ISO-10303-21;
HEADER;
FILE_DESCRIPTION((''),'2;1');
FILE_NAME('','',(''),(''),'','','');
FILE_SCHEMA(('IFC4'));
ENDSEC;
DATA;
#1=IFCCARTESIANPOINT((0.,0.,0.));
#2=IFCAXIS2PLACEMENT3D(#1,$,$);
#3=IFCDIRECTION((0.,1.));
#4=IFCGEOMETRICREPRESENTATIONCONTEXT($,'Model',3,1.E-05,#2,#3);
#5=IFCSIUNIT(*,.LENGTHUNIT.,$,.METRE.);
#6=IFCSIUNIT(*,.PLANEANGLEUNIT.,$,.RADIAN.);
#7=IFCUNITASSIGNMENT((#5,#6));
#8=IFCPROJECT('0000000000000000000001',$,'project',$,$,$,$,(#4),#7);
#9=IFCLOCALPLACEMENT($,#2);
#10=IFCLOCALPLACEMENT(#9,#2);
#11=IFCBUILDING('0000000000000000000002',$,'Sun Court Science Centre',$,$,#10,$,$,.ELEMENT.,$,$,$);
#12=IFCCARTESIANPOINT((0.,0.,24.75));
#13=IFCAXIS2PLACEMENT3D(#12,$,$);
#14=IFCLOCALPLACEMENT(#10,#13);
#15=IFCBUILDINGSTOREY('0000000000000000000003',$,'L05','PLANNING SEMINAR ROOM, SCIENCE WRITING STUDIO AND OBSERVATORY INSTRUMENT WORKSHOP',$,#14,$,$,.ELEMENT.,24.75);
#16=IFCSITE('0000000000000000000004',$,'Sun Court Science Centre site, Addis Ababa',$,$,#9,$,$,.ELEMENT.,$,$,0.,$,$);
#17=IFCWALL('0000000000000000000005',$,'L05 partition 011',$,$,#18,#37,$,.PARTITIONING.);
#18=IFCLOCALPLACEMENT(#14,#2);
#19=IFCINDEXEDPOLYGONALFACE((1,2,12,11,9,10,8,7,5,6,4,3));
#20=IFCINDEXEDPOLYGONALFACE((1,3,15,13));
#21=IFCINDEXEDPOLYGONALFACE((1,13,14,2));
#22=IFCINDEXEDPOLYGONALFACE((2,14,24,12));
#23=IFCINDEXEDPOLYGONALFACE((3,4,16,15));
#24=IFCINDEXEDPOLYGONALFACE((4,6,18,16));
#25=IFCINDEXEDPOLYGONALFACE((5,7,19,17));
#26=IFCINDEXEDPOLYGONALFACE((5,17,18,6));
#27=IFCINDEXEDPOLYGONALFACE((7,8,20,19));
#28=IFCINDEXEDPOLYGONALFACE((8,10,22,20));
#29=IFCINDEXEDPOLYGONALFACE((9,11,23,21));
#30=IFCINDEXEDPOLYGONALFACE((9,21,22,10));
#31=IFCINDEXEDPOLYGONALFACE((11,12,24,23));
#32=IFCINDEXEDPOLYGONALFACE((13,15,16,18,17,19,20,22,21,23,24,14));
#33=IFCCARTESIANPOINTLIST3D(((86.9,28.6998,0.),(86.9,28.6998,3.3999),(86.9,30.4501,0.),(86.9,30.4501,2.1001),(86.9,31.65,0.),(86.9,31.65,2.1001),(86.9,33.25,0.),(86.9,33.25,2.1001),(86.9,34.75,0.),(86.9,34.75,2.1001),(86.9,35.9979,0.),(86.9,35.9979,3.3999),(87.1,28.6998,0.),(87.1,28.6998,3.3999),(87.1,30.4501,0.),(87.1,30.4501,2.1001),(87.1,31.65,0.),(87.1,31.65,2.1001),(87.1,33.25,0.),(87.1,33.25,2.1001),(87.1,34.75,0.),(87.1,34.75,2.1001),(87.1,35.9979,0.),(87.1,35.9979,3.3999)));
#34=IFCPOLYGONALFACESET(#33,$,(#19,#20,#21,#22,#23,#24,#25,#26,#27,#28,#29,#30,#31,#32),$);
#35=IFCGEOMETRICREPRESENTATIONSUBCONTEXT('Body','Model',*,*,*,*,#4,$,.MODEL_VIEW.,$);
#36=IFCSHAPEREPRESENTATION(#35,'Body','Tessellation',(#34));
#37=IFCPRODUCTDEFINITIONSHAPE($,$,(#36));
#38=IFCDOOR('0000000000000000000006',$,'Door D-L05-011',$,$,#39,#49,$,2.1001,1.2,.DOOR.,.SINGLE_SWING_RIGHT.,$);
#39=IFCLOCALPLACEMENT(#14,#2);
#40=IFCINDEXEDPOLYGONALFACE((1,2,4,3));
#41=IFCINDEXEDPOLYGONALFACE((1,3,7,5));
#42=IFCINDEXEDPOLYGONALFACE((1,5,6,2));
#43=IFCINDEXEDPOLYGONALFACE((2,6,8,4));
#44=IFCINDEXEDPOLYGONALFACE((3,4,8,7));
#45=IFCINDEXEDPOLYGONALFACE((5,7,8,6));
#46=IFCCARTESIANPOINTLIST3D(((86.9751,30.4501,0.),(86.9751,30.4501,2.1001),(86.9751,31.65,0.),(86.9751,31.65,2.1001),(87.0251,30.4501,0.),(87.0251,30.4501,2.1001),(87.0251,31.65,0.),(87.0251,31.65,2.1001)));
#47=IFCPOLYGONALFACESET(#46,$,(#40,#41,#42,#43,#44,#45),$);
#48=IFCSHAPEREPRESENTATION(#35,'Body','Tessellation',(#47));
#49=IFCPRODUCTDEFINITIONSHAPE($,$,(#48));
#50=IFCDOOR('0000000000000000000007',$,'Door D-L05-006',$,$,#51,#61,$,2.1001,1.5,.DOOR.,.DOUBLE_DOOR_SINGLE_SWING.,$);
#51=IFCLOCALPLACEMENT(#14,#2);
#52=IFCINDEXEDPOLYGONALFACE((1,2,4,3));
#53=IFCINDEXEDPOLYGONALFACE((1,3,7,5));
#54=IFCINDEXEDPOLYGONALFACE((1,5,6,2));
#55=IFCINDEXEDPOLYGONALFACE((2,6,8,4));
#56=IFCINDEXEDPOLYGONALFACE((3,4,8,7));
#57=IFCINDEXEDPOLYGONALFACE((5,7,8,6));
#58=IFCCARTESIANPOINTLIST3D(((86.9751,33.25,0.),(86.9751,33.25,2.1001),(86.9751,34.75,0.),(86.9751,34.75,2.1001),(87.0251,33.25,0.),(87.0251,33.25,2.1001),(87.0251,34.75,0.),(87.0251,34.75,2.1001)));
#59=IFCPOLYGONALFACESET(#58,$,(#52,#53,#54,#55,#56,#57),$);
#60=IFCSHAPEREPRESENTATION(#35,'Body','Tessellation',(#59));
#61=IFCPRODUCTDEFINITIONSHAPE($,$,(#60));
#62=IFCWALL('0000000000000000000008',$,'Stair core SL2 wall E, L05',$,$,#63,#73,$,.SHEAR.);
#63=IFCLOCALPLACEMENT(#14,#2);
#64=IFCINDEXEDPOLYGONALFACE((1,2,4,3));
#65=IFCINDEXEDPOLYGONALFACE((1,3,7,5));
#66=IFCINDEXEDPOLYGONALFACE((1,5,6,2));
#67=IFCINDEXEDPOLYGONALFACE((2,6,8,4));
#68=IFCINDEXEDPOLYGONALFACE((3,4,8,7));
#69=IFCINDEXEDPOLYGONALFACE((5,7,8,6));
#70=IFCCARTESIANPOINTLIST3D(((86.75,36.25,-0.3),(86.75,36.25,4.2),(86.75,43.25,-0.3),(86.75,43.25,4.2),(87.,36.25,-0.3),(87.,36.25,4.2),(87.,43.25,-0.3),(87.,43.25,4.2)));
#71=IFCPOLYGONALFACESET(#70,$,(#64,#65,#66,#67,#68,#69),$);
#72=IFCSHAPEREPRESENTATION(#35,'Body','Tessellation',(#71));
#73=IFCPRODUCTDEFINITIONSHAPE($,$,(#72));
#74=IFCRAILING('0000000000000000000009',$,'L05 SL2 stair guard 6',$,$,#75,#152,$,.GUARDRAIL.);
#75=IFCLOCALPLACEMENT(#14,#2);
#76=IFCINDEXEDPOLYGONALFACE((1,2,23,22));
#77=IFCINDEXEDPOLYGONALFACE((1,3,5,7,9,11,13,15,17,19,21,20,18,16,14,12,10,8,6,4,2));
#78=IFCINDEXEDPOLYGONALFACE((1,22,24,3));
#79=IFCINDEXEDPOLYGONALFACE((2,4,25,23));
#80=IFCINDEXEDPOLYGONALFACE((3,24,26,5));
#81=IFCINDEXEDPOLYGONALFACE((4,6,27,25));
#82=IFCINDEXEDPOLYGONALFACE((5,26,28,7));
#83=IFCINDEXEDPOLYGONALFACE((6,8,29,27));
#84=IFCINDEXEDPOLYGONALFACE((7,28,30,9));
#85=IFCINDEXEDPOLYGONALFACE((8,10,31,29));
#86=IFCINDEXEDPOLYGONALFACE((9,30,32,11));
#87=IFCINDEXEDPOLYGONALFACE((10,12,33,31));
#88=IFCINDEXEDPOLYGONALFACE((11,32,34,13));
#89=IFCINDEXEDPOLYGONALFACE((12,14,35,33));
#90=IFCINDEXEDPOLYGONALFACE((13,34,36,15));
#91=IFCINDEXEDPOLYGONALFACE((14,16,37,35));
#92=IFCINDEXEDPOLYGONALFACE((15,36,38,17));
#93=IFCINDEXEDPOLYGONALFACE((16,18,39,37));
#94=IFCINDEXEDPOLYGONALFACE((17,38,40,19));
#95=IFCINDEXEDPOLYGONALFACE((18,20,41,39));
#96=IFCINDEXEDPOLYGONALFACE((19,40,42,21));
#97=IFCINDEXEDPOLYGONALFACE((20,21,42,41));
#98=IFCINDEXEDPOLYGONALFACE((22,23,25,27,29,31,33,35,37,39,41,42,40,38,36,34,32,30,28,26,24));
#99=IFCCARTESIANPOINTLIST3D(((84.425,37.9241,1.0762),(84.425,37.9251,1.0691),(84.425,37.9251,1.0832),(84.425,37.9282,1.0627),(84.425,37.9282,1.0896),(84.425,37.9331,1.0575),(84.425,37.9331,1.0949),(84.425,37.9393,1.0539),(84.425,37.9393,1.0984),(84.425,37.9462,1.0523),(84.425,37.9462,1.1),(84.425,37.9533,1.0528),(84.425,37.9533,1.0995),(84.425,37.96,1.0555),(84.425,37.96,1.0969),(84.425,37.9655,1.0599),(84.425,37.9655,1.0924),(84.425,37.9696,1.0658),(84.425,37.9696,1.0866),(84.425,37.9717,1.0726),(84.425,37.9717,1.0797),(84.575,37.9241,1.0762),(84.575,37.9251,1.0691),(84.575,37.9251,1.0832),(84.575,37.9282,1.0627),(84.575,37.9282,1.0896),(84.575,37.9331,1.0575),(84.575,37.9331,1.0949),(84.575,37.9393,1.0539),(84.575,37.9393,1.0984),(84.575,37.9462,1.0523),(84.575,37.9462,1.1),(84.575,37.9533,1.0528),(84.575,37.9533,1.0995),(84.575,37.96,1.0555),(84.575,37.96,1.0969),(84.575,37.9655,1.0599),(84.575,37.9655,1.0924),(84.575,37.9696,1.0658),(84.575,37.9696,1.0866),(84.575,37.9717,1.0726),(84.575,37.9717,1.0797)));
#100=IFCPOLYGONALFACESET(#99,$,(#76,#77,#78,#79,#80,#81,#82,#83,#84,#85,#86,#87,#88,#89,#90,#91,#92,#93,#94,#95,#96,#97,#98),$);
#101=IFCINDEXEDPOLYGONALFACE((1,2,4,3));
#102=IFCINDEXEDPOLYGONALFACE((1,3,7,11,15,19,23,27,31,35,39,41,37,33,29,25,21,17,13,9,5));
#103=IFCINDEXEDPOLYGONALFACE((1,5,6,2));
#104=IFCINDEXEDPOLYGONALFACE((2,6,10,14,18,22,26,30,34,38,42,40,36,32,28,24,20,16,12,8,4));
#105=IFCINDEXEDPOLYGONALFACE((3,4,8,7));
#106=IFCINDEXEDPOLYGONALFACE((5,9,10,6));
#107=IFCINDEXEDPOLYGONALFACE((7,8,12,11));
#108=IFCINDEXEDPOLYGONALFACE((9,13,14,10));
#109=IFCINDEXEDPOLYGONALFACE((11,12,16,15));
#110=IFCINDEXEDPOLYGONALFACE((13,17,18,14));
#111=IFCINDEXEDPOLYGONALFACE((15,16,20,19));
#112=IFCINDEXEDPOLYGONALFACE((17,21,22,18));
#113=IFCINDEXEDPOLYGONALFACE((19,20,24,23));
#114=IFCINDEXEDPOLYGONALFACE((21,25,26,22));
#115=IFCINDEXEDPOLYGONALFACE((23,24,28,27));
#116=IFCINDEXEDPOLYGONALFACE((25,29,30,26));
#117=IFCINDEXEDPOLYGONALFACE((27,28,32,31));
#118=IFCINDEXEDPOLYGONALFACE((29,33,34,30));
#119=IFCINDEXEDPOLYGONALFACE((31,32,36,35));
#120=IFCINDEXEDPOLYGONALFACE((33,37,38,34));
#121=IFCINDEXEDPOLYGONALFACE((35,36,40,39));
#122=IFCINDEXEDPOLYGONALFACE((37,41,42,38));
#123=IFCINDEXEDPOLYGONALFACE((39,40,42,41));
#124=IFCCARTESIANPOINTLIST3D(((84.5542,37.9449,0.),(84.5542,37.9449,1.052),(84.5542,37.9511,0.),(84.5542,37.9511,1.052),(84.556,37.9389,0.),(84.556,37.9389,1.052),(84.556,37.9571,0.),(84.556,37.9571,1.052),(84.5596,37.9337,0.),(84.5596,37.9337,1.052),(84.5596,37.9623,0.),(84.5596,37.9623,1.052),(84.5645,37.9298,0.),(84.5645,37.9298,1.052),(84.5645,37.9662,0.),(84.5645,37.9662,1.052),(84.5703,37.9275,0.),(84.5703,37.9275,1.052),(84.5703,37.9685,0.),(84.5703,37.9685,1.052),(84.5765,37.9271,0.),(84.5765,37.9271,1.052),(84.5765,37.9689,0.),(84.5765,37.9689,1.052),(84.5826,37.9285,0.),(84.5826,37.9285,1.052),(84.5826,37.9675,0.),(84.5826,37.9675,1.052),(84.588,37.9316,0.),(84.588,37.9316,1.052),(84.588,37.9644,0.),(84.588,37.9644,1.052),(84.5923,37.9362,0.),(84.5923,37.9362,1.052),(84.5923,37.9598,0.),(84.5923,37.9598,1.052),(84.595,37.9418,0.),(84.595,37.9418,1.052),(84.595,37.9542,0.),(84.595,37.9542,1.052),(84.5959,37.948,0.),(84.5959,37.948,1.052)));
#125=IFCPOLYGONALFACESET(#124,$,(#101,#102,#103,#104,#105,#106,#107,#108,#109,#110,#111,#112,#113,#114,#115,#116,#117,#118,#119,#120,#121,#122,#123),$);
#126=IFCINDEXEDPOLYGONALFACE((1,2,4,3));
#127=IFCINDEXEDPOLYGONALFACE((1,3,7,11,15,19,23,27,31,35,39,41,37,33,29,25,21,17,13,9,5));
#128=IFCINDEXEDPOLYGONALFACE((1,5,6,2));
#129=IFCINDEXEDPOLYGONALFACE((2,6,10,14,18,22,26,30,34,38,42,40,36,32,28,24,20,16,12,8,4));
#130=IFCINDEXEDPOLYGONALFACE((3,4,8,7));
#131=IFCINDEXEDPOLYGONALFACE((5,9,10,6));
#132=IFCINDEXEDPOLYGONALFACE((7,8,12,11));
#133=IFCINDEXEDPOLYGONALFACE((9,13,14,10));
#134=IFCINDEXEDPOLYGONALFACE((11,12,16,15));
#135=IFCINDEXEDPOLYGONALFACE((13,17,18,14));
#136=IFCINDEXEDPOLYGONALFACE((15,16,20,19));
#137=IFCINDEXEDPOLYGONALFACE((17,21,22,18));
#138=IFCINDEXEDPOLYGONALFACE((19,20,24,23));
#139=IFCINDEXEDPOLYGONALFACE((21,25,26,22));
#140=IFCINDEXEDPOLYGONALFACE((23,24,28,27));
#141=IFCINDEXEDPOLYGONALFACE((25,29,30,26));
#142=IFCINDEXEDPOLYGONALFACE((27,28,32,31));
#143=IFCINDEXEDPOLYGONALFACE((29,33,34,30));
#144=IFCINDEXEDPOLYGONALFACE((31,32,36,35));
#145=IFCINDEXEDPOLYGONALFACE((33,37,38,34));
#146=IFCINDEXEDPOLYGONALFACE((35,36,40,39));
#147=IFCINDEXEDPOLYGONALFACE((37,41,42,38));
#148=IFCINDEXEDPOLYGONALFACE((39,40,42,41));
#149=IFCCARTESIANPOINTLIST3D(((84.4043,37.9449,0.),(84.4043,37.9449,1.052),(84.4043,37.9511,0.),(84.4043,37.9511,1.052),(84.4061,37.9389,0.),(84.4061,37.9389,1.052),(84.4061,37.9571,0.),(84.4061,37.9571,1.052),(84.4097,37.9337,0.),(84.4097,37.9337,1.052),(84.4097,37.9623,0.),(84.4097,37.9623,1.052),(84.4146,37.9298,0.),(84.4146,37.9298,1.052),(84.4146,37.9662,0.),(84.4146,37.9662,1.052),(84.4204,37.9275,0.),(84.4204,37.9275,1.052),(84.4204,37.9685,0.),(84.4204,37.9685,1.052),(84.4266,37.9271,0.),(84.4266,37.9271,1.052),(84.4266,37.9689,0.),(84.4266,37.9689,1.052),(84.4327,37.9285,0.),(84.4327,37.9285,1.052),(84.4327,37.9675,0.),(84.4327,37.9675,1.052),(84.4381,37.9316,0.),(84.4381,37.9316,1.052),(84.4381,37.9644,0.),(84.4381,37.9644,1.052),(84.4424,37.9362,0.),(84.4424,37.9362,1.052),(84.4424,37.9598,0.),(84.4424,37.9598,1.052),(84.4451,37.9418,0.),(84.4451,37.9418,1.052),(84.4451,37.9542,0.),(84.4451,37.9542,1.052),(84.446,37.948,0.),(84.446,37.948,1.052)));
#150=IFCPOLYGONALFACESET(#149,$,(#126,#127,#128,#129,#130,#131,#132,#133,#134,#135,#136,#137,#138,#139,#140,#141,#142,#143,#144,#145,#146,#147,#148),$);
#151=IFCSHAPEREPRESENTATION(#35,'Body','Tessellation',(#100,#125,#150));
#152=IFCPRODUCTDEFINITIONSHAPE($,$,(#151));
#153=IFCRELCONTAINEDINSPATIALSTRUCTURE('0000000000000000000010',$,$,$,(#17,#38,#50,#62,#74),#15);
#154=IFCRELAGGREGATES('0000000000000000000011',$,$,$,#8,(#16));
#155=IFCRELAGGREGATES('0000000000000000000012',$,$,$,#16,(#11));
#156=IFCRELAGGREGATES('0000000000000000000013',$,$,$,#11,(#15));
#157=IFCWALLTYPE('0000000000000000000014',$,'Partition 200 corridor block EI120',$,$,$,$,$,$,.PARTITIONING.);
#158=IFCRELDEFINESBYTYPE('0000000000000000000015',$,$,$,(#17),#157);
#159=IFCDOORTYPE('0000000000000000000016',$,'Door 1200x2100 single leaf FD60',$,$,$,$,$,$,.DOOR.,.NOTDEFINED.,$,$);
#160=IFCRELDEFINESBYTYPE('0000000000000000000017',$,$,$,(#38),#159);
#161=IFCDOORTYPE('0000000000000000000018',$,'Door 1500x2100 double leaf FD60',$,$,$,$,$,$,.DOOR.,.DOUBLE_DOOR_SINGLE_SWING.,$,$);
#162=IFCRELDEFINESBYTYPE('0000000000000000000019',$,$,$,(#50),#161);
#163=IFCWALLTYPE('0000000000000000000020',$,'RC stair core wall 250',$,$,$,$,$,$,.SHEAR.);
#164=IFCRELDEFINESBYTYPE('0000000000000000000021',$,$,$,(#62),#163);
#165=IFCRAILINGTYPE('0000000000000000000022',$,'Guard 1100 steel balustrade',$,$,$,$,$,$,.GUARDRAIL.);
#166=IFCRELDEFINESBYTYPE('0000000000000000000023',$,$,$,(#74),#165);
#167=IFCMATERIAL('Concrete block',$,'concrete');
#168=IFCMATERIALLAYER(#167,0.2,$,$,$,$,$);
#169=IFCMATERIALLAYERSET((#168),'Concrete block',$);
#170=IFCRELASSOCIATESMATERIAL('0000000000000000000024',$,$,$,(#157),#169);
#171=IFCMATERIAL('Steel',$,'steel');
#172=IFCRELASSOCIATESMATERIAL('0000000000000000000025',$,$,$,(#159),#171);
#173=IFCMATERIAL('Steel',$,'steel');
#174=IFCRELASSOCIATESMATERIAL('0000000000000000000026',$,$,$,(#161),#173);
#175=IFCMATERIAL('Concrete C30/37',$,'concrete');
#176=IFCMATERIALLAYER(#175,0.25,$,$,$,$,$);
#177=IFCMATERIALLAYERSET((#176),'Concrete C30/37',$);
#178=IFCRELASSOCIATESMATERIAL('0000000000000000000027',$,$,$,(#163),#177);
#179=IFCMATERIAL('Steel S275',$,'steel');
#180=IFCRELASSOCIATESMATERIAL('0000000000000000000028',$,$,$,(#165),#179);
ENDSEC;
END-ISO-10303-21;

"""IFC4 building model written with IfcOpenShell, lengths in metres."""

from ifc_helpers import new_model, si_unit, direction, frame, frame_2d, origin, origin_2d, place, context, subcontext, project, spatial, rectangle, circle, extrude, material, layer, layer_set, type_object, element, fill, save


model = new_model("IFC4")

# Units and contexts
model_context = context("Model", 3, precision=1e-05, world=origin(), true_north=direction((0.0, 1.0)))
body_context = subcontext(model_context, "Body", "Model", "MODEL_VIEW")
ifc_project = project(units=[si_unit("LENGTHUNIT", "METRE"), si_unit("PLANEANGLEUNIT", "RADIAN")], contexts=[model_context])

# Site, building, storey
site_placement = place(None, origin())
site = spatial("IfcSite", under=ifc_project, at=site_placement, Name="Sun Court Science Centre site, Addis Ababa", CompositionType="ELEMENT", RefElevation=0.0)
building_placement = place(site_placement, origin())
building = spatial("IfcBuilding", under=site, at=building_placement, Name="Sun Court Science Centre", CompositionType="ELEMENT")
storey_placement = place(building_placement, frame((0.0, 0.0, 24.75)))
storey = spatial("IfcBuildingStorey", under=building, at=storey_placement, Name="L05", Description="PLANNING SEMINAR ROOM, SCIENCE WRITING STUDIO AND OBSERVATORY INSTRUMENT WORKSHOP", CompositionType="ELEMENT", Elevation=24.75)

# Wall, openings, doors
ifc_material_1 = material(Name="Concrete block", Category="concrete")
ifc_layer_1 = layer(ifc_material_1, 0.2)
ifc_layer_set_1 = layer_set([ifc_layer_1], Name="Concrete block")
wall_type_1 = type_object("IfcWallType", Name="Partition 200 corridor block EI120", PredefinedType="PARTITIONING", material=ifc_layer_set_1)
wall_1_placement = place(storey_placement, frame((87.0, 28.7, 0.0), z_axis=(0.0, 0.0, 1.0), x_axis=(0.0, 1.0, 0.0)))
wall_1 = element("IfcWall", 1, at=wall_1_placement, inside=storey, type_object=wall_type_1, Name="L05 partition 011", PredefinedType="PARTITIONING", context=body_context, shape_type="SweptSolid", body=[
    extrude(rectangle(XDim=7.2981, YDim=0.2, at=frame_2d((3.6489, 0.0))), origin(), (0.0, 0.0, 1.0), 3.3999),
])
opening_1_placement = place(wall_1_placement, frame((4.55, 0.0, 0.0)))
opening_1 = element("IfcOpeningElement", 2, at=opening_1_placement, cuts=wall_1, PredefinedType="OPENING", context=body_context, shape_type="SweptSolid", body=[
    extrude(rectangle(XDim=1.5, YDim=2.1001, at=frame_2d((0.75, 1.05))), frame((0.0, 0.1099, 0.0), z_axis=(0.0, -1.0, 0.0), x_axis=(1.0, 0.0, 0.0)), (0.0, 0.0, 1.0), 0.22),
])
opening_2_placement = place(wall_1_placement, frame((1.75, 0.0, 0.0)))
opening_2 = element("IfcOpeningElement", 3, at=opening_2_placement, cuts=wall_1, PredefinedType="OPENING", context=body_context, shape_type="SweptSolid", body=[
    extrude(rectangle(XDim=1.2, YDim=2.1001, at=frame_2d((0.6001, 1.05))), frame((0.0, 0.1099, 0.0), z_axis=(0.0, -1.0, 0.0), x_axis=(1.0, 0.0, 0.0)), (0.0, 0.0, 1.0), 0.22),
])
ifc_material_2 = material(Name="Steel", Category="steel")
door_type_1 = type_object("IfcDoorType", Name="Door 1200x2100 single leaf FD60", OperationType="NOTDEFINED", PredefinedType="DOOR", material=ifc_material_2)
door_1_placement = place(opening_2_placement, origin())
door_1 = element("IfcDoor", 4, at=door_1_placement, inside=storey, type_object=door_type_1, Name="Door D-L05-011", OperationType="SINGLE_SWING_RIGHT", OverallHeight=2.1001, OverallWidth=1.2, PredefinedType="DOOR", context=body_context, shape_type="SweptSolid", body=[
    extrude(rectangle(XDim=1.2, YDim=2.1001, at=frame_2d((0.6001, 1.05))), frame((0.0, 0.0249, 0.0), z_axis=(0.0, -1.0, 0.0), x_axis=(1.0, 0.0, 0.0)), (0.0, 0.0, 1.0), 0.05),
])
fill(opening_2, door_1)
ifc_material_3 = material(Name="Steel", Category="steel")
door_type_2 = type_object("IfcDoorType", Name="Door 1500x2100 double leaf FD60", OperationType="DOUBLE_DOOR_SINGLE_SWING", PredefinedType="DOOR", material=ifc_material_3)
door_2_placement = place(opening_1_placement, origin())
door_2 = element("IfcDoor", 5, at=door_2_placement, inside=storey, type_object=door_type_2, Name="Door D-L05-006", OperationType="DOUBLE_DOOR_SINGLE_SWING", OverallHeight=2.1001, OverallWidth=1.5, PredefinedType="DOOR", context=body_context, shape_type="SweptSolid", body=[
    extrude(rectangle(XDim=1.5, YDim=2.1001, at=frame_2d((0.75, 1.05))), frame((0.0, 0.0249, 0.0), z_axis=(0.0, -1.0, 0.0), x_axis=(1.0, 0.0, 0.0)), (0.0, 0.0, 1.0), 0.05),
])
fill(opening_1, door_2)

# Wall
ifc_material_4 = material(Name="Concrete C30/37", Category="concrete")
ifc_layer_2 = layer(ifc_material_4, 0.25)
ifc_layer_set_2 = layer_set([ifc_layer_2], Name="Concrete C30/37")
wall_type_2 = type_object("IfcWallType", Name="RC stair core wall 250", PredefinedType="SHEAR", material=ifc_layer_set_2)
wall_2_placement = place(storey_placement, frame((86.875, 36.25, -0.3), z_axis=(0.0, 0.0, 1.0), x_axis=(0.0, 1.0, 0.0)))
element("IfcWall", 6, at=wall_2_placement, inside=storey, type_object=wall_type_2, Name="Stair core SL2 wall E, L05", PredefinedType="SHEAR", context=body_context, shape_type="SweptSolid", body=[
    extrude(rectangle(XDim=7.0, YDim=0.25, at=frame_2d((3.5, 0.0))), origin(), (0.0, 0.0, 1.0), 4.5),
])

# Railing
ifc_material_5 = material(Name="Steel S275", Category="steel")
railing_type = type_object("IfcRailingType", Name="Guard 1100 steel balustrade", PredefinedType="GUARDRAIL", material=ifc_material_5)
railing_placement = place(storey_placement, frame((84.575, 37.948, 0.0)))
element("IfcRailing", 7, at=railing_placement, inside=storey, type_object=railing_type, Name="L05 SL2 stair guard 6", PredefinedType="GUARDRAIL", context=body_context, shape_type="SweptSolid", body=[
    extrude(circle(Radius=0.0239, at=origin_2d()), frame((0.0, 0.0, 1.0762), z_axis=(-1.0, 0.0, 0.0), x_axis=(0.0, -1.0, 0.0)), (0.0, 0.0, 1.0), 0.1499),
    extrude(circle(Radius=0.021, at=origin_2d()), origin(), (0.0, 0.0, 1.0), 1.052),
    extrude(circle(Radius=0.021, at=origin_2d()), frame((-0.1499, 0.0, 0.0)), (0.0, 0.0, 1.0), 1.052),
])

save(model, "model.ifc")
